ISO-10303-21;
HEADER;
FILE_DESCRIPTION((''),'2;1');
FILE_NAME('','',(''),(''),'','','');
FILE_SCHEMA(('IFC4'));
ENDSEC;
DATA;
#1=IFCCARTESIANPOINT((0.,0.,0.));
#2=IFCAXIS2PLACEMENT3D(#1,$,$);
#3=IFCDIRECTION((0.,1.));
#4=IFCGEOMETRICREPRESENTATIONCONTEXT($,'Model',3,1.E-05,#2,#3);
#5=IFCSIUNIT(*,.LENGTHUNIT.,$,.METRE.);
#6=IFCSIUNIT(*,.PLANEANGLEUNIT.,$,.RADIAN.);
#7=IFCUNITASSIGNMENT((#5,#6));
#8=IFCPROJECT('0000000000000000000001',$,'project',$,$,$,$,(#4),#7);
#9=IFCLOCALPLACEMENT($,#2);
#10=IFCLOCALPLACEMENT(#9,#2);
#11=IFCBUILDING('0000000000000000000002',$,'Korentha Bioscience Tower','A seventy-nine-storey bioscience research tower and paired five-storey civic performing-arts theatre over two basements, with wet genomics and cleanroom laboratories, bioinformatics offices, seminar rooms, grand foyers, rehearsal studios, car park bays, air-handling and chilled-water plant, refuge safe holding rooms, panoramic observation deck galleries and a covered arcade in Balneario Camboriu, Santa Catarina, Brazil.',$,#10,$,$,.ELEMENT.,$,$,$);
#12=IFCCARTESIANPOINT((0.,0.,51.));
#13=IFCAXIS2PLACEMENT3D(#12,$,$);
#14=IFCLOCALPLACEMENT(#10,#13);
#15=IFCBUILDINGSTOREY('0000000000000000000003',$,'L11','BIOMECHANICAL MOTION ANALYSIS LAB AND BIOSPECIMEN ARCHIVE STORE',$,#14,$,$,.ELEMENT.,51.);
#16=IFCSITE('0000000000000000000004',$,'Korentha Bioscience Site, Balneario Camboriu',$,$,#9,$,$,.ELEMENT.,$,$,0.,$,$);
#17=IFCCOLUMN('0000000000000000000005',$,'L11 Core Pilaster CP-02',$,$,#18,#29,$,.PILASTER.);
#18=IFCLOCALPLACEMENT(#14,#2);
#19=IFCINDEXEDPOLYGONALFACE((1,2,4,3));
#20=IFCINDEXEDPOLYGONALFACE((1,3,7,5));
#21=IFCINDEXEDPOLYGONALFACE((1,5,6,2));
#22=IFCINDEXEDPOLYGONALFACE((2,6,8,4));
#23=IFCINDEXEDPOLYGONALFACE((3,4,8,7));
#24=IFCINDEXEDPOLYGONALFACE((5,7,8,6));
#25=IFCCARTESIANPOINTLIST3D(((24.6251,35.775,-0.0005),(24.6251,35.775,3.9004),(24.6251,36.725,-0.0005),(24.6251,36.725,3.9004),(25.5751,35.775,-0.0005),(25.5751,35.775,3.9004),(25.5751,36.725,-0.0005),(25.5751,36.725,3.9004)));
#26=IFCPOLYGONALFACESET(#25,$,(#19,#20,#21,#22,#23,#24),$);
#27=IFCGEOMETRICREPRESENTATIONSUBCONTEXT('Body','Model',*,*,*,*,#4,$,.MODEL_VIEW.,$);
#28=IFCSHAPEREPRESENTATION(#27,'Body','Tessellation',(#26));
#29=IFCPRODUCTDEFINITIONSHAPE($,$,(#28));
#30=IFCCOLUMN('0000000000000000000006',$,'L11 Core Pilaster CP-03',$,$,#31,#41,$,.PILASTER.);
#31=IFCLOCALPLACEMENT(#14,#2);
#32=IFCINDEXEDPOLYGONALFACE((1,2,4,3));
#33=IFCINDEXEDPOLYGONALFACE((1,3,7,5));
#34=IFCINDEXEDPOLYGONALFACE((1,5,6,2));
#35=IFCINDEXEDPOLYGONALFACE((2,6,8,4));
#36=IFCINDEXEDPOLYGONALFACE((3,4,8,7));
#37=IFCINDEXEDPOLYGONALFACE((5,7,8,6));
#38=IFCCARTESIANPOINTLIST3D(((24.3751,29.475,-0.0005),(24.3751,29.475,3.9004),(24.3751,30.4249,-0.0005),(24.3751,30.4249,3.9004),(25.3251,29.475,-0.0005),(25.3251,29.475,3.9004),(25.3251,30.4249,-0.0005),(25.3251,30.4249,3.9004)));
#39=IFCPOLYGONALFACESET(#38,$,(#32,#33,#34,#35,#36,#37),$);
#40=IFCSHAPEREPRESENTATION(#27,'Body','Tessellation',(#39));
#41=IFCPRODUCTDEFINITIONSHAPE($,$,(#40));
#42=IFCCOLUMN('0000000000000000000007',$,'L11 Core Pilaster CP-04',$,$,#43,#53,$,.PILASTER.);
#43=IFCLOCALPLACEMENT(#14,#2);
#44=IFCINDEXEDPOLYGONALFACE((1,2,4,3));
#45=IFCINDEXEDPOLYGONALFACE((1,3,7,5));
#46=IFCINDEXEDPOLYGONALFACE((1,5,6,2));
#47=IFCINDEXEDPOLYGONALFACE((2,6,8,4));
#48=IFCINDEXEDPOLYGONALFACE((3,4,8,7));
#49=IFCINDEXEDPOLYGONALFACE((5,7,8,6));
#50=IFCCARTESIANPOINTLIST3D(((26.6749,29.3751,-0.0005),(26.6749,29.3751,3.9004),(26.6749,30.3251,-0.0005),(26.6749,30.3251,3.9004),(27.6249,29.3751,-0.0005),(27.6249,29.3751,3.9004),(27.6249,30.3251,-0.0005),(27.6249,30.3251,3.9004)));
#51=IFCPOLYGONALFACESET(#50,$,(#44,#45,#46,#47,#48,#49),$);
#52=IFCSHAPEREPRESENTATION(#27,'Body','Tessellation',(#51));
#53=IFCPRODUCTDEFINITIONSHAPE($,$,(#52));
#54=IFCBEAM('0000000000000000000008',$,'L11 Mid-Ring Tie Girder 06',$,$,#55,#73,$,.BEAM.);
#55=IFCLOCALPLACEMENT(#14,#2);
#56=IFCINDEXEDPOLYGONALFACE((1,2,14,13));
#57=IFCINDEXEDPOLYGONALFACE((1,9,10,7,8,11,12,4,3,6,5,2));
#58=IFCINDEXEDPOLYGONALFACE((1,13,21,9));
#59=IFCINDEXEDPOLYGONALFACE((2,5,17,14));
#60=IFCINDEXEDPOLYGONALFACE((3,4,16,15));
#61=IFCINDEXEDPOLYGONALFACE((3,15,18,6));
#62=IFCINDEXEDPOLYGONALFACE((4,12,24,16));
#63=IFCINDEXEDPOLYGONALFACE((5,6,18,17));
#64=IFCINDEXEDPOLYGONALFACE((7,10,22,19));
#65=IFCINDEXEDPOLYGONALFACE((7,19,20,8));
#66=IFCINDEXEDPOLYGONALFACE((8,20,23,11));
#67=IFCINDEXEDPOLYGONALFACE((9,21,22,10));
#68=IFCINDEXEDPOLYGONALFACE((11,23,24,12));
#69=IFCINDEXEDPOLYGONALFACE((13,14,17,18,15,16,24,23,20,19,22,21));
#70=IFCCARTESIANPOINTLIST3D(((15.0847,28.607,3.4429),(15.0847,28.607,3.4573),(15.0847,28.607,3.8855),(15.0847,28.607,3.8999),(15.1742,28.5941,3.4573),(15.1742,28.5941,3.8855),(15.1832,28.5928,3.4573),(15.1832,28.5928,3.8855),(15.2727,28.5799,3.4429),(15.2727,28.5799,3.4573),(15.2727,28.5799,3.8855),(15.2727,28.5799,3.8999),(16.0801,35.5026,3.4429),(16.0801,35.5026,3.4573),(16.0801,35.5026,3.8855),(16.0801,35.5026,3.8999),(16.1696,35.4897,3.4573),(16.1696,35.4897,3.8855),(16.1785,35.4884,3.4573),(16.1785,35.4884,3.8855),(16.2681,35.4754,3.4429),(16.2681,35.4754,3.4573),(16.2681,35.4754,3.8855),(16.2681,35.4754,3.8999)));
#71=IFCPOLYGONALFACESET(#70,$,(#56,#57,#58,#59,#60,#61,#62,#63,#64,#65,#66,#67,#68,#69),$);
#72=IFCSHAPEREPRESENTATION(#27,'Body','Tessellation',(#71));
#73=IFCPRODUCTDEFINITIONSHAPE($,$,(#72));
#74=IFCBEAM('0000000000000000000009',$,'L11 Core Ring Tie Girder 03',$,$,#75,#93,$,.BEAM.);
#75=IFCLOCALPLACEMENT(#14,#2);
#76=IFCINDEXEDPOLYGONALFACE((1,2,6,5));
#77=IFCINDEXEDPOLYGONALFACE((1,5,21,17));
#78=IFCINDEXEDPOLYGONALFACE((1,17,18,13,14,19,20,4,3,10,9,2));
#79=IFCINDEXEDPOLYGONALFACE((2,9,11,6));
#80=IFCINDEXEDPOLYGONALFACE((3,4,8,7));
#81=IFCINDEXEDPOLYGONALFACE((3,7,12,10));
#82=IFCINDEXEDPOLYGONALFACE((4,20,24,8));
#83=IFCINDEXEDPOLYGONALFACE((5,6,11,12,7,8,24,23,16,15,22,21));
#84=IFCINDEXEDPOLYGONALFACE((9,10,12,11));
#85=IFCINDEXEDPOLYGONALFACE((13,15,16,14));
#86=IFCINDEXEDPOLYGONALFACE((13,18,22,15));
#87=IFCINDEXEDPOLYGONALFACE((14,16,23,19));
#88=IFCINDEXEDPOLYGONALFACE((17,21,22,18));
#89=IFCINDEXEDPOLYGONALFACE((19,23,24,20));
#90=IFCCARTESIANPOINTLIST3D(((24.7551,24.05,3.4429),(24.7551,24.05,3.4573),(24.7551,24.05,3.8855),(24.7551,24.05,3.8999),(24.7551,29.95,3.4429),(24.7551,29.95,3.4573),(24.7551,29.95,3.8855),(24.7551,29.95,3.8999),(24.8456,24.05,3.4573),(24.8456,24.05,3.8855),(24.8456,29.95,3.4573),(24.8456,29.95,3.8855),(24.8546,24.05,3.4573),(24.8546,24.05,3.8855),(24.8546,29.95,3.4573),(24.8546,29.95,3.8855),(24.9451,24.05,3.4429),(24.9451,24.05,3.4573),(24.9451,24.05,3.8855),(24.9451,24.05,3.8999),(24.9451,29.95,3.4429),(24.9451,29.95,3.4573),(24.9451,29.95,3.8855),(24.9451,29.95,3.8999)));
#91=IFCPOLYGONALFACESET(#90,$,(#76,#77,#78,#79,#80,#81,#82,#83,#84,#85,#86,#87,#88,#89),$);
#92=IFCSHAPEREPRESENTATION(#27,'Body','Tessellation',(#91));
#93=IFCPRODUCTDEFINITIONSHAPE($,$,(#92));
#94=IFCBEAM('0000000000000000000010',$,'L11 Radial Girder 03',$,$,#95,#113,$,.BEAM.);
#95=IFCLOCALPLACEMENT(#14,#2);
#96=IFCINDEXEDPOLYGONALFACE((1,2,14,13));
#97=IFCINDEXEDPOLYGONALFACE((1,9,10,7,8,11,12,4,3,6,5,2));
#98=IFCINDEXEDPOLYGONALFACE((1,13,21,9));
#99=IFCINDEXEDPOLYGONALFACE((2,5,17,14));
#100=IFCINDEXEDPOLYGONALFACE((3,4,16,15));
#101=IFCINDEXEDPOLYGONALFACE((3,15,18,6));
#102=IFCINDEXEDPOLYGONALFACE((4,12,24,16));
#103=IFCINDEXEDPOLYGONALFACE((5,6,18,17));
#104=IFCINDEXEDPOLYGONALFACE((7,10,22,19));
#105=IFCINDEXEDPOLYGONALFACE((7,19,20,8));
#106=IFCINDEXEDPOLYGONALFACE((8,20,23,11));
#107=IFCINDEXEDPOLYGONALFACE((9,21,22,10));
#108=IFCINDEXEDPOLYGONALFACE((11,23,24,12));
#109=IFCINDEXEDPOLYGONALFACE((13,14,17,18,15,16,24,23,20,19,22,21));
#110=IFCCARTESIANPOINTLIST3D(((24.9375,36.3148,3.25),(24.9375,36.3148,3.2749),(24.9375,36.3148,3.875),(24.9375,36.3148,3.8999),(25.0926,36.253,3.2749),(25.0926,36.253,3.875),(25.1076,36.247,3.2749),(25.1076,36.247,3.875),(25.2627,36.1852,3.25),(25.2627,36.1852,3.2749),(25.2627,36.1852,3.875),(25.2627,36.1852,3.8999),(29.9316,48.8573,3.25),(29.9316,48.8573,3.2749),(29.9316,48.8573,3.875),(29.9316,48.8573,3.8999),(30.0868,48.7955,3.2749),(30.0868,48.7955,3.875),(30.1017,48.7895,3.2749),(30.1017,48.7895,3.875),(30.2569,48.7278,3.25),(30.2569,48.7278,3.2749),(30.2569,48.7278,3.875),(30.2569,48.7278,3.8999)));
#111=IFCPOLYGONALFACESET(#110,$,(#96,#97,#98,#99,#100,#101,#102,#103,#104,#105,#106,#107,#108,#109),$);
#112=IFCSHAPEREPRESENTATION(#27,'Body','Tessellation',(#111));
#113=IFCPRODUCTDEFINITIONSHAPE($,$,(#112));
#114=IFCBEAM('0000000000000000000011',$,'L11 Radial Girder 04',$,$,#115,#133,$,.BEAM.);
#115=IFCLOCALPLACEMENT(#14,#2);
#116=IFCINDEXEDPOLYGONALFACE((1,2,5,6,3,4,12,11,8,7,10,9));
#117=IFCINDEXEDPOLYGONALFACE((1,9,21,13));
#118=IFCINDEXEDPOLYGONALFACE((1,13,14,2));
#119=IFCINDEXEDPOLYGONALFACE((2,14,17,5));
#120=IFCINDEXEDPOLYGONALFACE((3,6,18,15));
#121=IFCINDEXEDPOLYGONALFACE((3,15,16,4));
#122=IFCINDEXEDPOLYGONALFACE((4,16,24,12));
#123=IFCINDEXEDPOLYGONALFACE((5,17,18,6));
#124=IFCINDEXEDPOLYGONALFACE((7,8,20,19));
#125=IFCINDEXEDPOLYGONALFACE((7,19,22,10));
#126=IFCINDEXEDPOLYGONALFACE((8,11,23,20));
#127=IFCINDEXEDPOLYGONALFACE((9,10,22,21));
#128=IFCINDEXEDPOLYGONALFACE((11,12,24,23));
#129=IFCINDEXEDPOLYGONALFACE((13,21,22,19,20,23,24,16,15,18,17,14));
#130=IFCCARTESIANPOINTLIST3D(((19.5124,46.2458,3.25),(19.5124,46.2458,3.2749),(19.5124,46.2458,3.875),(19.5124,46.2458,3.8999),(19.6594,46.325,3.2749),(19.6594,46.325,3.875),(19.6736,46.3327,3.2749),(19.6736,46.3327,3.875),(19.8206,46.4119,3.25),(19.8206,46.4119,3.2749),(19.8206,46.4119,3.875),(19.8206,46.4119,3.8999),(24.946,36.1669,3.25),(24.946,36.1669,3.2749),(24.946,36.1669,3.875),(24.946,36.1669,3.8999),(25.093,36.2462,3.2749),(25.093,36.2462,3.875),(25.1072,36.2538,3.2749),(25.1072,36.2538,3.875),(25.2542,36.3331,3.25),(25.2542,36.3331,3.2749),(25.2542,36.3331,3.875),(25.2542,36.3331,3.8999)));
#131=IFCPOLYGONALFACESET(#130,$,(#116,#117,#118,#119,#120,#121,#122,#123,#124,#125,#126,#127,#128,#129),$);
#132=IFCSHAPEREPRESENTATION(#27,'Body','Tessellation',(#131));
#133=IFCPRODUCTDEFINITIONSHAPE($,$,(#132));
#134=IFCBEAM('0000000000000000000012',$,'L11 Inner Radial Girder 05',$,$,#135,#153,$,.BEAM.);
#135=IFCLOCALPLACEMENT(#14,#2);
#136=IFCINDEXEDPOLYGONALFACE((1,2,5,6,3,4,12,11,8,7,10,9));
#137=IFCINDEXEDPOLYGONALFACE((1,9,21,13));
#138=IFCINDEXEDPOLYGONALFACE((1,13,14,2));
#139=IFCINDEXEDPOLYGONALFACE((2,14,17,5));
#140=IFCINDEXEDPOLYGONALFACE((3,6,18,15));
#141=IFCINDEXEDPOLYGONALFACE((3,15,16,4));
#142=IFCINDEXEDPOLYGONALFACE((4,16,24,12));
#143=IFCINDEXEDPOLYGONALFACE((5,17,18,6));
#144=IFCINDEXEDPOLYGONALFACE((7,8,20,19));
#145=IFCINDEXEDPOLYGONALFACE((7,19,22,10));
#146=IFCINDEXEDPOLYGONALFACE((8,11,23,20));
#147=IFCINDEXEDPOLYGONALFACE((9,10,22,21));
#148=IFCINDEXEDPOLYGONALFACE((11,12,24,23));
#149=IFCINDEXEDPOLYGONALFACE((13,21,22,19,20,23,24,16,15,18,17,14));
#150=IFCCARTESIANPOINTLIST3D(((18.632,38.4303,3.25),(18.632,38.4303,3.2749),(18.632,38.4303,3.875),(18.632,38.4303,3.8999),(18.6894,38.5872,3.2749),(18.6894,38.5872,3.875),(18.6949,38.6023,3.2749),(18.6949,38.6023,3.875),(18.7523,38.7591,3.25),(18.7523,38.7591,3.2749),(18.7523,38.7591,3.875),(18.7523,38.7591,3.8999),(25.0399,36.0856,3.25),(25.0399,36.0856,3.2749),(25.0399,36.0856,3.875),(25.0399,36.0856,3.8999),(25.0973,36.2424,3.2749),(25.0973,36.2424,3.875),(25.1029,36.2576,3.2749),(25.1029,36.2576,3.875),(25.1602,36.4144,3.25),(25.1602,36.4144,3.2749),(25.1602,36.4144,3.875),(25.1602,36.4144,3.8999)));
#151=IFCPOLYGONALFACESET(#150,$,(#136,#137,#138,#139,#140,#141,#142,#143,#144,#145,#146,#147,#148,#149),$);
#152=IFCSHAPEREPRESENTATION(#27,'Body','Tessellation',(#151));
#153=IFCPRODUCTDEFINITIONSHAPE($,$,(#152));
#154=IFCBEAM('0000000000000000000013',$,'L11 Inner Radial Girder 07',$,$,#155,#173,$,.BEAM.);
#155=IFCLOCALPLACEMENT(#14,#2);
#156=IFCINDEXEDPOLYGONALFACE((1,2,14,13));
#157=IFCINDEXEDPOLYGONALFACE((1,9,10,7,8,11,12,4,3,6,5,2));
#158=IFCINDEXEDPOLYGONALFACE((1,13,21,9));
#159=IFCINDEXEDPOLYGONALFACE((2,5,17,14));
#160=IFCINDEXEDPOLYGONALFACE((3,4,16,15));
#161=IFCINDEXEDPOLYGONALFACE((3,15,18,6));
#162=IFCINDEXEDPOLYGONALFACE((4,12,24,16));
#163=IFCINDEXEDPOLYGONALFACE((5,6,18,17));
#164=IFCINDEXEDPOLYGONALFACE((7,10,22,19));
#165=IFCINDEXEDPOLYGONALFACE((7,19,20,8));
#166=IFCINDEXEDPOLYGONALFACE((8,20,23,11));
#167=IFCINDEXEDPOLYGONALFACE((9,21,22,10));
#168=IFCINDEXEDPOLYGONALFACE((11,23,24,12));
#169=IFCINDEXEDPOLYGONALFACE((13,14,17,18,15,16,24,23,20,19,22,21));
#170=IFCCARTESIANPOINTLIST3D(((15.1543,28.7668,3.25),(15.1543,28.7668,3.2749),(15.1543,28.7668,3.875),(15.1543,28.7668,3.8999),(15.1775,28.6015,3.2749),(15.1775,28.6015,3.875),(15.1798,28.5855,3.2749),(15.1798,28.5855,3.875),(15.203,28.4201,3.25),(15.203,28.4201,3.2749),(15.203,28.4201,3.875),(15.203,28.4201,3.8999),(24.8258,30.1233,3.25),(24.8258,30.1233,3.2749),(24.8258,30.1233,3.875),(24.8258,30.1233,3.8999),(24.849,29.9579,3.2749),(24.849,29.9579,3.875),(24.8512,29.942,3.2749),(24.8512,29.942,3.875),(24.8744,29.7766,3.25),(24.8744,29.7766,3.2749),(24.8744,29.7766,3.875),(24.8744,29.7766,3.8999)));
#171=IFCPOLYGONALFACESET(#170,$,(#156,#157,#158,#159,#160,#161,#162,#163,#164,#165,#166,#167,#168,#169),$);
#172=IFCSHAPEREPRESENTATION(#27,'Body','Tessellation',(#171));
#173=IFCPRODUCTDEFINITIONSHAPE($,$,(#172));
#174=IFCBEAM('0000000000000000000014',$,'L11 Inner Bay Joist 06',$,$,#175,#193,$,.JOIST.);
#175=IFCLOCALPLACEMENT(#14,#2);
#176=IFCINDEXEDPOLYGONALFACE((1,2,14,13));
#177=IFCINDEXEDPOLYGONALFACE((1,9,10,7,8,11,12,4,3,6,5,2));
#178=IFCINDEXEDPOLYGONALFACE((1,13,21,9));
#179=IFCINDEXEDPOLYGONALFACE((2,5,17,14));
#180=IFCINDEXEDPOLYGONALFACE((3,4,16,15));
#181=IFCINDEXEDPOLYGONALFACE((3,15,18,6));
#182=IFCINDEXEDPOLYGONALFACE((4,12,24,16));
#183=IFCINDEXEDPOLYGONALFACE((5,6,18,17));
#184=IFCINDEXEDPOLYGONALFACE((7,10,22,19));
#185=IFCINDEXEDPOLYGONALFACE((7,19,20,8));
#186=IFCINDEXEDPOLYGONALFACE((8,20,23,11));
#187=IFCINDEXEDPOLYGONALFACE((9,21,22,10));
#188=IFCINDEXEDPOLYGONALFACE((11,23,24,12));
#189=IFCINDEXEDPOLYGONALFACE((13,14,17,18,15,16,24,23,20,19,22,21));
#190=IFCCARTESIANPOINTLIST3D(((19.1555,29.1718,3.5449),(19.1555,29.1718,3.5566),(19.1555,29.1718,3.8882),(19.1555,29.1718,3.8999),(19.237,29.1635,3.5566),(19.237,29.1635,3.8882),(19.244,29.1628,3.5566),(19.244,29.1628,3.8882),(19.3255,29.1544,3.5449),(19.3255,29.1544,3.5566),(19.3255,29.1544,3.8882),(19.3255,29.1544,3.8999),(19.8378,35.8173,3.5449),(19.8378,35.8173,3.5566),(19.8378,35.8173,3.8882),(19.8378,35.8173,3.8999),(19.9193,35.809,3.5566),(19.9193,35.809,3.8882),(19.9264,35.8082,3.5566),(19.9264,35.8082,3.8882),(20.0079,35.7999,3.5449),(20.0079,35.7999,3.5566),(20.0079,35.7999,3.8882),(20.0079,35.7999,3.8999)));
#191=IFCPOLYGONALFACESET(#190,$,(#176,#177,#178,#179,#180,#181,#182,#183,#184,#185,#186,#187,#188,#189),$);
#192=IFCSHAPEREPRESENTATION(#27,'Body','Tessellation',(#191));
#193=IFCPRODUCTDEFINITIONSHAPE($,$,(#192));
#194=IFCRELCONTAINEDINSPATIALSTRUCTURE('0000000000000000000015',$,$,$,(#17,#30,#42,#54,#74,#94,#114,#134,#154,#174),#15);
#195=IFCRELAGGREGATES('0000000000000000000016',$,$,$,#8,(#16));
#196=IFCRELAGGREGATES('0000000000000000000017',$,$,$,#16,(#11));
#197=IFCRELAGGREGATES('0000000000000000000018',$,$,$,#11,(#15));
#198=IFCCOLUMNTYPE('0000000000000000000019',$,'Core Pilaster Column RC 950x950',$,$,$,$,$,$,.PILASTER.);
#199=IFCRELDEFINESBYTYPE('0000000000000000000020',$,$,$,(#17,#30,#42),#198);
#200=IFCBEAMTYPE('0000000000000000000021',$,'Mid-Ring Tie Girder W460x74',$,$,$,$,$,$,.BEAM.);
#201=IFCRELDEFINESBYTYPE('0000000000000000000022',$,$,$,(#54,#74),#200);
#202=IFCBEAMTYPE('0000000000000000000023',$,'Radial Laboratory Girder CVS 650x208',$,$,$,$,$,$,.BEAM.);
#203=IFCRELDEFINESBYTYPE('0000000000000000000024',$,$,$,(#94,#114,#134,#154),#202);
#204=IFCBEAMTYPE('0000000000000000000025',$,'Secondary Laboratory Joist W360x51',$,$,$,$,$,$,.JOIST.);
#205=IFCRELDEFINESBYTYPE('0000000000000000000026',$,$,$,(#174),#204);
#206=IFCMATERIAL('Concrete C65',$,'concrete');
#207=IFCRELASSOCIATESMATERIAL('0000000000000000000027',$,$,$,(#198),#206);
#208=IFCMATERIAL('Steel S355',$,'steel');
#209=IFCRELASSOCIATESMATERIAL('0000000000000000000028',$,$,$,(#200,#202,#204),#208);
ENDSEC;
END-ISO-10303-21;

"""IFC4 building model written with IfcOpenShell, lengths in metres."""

from ifc_helpers import new_model, si_unit, direction, frame, origin, origin_2d, place, context, subcontext, project, spatial, rectangle, i_section, extrude, material, material_profile, profile_set, type_object, element, save


model = new_model("IFC4")

# Units and contexts
model_context = context("Model", 3, precision=1e-05, world=origin(), true_north=direction((0.0, 1.0)))
body_context = subcontext(model_context, "Body", "Model", "MODEL_VIEW")
ifc_project = project(units=[si_unit("LENGTHUNIT", "METRE"), si_unit("PLANEANGLEUNIT", "RADIAN")], contexts=[model_context])

# Site, building, storey
site_placement = place(None, origin())
site = spatial("IfcSite", under=ifc_project, at=site_placement, Name="Korentha Bioscience Site, Balneario Camboriu", CompositionType="ELEMENT", RefElevation=0.0)
building_placement = place(site_placement, origin())
building = spatial("IfcBuilding", under=site, at=building_placement, Name="Korentha Bioscience Tower", Description="A seventy-nine-storey bioscience research tower and paired five-storey civic performing-arts theatre over two basements, with wet genomics and cleanroom laboratories, bioinformatics offices, seminar rooms, grand foyers, rehearsal studios, car park bays, air-handling and chilled-water plant, refuge safe holding rooms, panoramic observation deck galleries and a covered arcade in Balneario Camboriu, Santa Catarina, Brazil.", CompositionType="ELEMENT")
storey_placement = place(building_placement, frame((0.0, 0.0, 51.0)))
storey = spatial("IfcBuildingStorey", under=building, at=storey_placement, Name="L11", Description="BIOMECHANICAL MOTION ANALYSIS LAB AND BIOSPECIMEN ARCHIVE STORE", CompositionType="ELEMENT", Elevation=51.0)

# Columns
ifc_material_1 = material(Name="Concrete C65", Category="concrete")
ifc_material_profile_1 = material_profile(ifc_material_1, rectangle(XDim=0.95, YDim=0.95, at=origin_2d()), Name="Concrete C65")
ifc_profile_set_1 = profile_set([ifc_material_profile_1], Name="Concrete C65 (COL-CP09)")
column_type = type_object("IfcColumnType", Name="Core Pilaster Column RC 950x950", PredefinedType="PILASTER", material=ifc_profile_set_1)
for number, where, z_axis, x_axis, name in (
    (1, (25.1001, 36.25, -0.0005), (0.0, 0.0, 1.0), (1.0, 0.0, 0.0), "L11 Core Pilaster CP-02"),
    (2, (24.8501, 29.95, -0.0005), (0.0, 0.0, 1.0), (1.0, 0.0, 0.0), "L11 Core Pilaster CP-03"),
    (3, (27.1499, 29.8501, -0.0005), (0.0, 0.0, 1.0), (1.0, 0.0, 0.0), "L11 Core Pilaster CP-04"),
):
    element("IfcColumn", number, at=place(storey_placement, frame(where, z_axis=z_axis, x_axis=x_axis)), inside=storey, type_object=column_type, Name=name, PredefinedType="PILASTER", context=body_context, shape_type="SweptSolid", body=[
        extrude(rectangle(XDim=0.95, YDim=0.95, at=origin_2d()), origin(), (0.0, 0.0, 1.0), 3.9009),
    ])

# Beams
ifc_material_2 = material(Name="Steel S355", Category="steel")
ifc_material_profile_2 = material_profile(ifc_material_2, i_section(OverallWidth=0.1899, OverallDepth=0.457, WebThickness=0.009, FlangeThickness=0.0144, at=origin_2d()), Name="Steel S355")
ifc_profile_set_2 = profile_set([ifc_material_profile_2], Name="Steel S355 (MB-460)")
beam_type_1 = type_object("IfcBeamType", Name="Mid-Ring Tie Girder W460x74", PredefinedType="BEAM", material=ifc_profile_set_2)
beam_1_placement = place(storey_placement, frame((16.1741, 35.489, 3.6714), z_axis=(-0.142868, -0.989742, 0.0), x_axis=(0.989742, -0.142868, 0.0)))
element("IfcBeam", 4, at=beam_1_placement, inside=storey, type_object=beam_type_1, Name="L11 Mid-Ring Tie Girder 06", PredefinedType="BEAM", context=body_context, shape_type="SweptSolid", body=[
    extrude(i_section(OverallWidth=0.1899, OverallDepth=0.457, WebThickness=0.009, FlangeThickness=0.0144, at=origin_2d()), origin(), (0.0, 0.0, 1.0), 6.967),
])
beam_2_placement = place(storey_placement, frame((24.8501, 29.95, 3.6714), z_axis=(0.0, -1.0, 0.0), x_axis=(1.0, 0.0, 0.0)))
element("IfcBeam", 5, at=beam_2_placement, inside=storey, type_object=beam_type_1, Name="L11 Core Ring Tie Girder 03", PredefinedType="BEAM", context=body_context, shape_type="SweptSolid", body=[
    extrude(i_section(OverallWidth=0.1899, OverallDepth=0.457, WebThickness=0.009, FlangeThickness=0.0144, at=origin_2d()), origin(), (0.0, 0.0, 1.0), 5.8999),
])
ifc_material_profile_3 = material_profile(ifc_material_2, i_section(OverallWidth=0.3501, OverallDepth=0.6499, WebThickness=0.0161, FlangeThickness=0.0249, at=origin_2d()), Name="Steel S355")
ifc_profile_set_3 = profile_set([ifc_material_profile_3], Name="Steel S355 (RB-650)")
beam_type_2 = type_object("IfcBeamType", Name="Radial Laboratory Girder CVS 650x208", PredefinedType="BEAM", material=ifc_profile_set_3)
beam_3_placement = place(storey_placement, frame((25.1001, 36.25, 3.575), z_axis=(0.369931, 0.929059, 0.0), x_axis=(-0.929059, 0.369931, 0.0)))
element("IfcBeam", 6, at=beam_3_placement, inside=storey, type_object=beam_type_2, Name="L11 Radial Girder 03", PredefinedType="BEAM", context=body_context, shape_type="SweptSolid", body=[
    extrude(i_section(OverallWidth=0.3501, OverallDepth=0.6499, WebThickness=0.0161, FlangeThickness=0.0249, at=origin_2d()), origin(), (0.0, 0.0, 1.0), 13.5002),
])
beam_4_placement = place(storey_placement, frame((25.1001, 36.25, 3.575), z_axis=(-0.474541, 0.880233, 0.0), x_axis=(-0.880233, -0.474541, 0.0)))
element("IfcBeam", 7, at=beam_4_placement, inside=storey, type_object=beam_type_2, Name="L11 Radial Girder 04", PredefinedType="BEAM", context=body_context, shape_type="SweptSolid", body=[
    extrude(i_section(OverallWidth=0.3501, OverallDepth=0.6499, WebThickness=0.0161, FlangeThickness=0.0249, at=origin_2d()), origin(), (0.0, 0.0, 1.0), 11.4502),
])
beam_5_placement = place(storey_placement, frame((25.1001, 36.25, 3.575), z_axis=(-0.939106, 0.343627, 0.0), x_axis=(-0.343627, -0.939106, 0.0)))
element("IfcBeam", 8, at=beam_5_placement, inside=storey, type_object=beam_type_2, Name="L11 Inner Radial Girder 05", PredefinedType="BEAM", context=body_context, shape_type="SweptSolid", body=[
    extrude(i_section(OverallWidth=0.3501, OverallDepth=0.6499, WebThickness=0.0161, FlangeThickness=0.0249, at=origin_2d()), origin(), (0.0, 0.0, 1.0), 6.8235),
])
beam_6_placement = place(storey_placement, frame((24.8501, 29.95, 3.575), z_axis=(-0.990307, -0.138894, 0.0), x_axis=(0.138894, -0.990307, 0.0)))
element("IfcBeam", 9, at=beam_6_placement, inside=storey, type_object=beam_type_2, Name="L11 Inner Radial Girder 07", PredefinedType="BEAM", context=body_context, shape_type="SweptSolid", body=[
    extrude(i_section(OverallWidth=0.3501, OverallDepth=0.6499, WebThickness=0.0161, FlangeThickness=0.0249, at=origin_2d()), origin(), (0.0, 0.0, 1.0), 9.7661),
])
ifc_material_profile_4 = material_profile(ifc_material_2, i_section(OverallWidth=0.1709, OverallDepth=0.355, WebThickness=0.0071, FlangeThickness=0.0117, at=origin_2d()), Name="Steel S355")
ifc_profile_set_4 = profile_set([ifc_material_profile_4], Name="Steel S355 (JB-360)")
beam_type_3 = type_object("IfcBeamType", Name="Secondary Laboratory Joist W360x51", PredefinedType="JOIST", material=ifc_profile_set_4)
beam_7_placement = place(storey_placement, frame((19.9229, 35.8086, 3.7224), z_axis=(-0.102145, -0.99477, 0.0), x_axis=(0.99477, -0.102145, 0.0)))
element("IfcBeam", 10, at=beam_7_placement, inside=storey, type_object=beam_type_3, Name="L11 Inner Bay Joist 06", PredefinedType="JOIST", context=body_context, shape_type="SweptSolid", body=[
    extrude(i_section(OverallWidth=0.1709, OverallDepth=0.355, WebThickness=0.0071, FlangeThickness=0.0117, at=origin_2d()), origin(), (0.0, 0.0, 1.0), 6.6804),
])

save(model, "model.ifc")
